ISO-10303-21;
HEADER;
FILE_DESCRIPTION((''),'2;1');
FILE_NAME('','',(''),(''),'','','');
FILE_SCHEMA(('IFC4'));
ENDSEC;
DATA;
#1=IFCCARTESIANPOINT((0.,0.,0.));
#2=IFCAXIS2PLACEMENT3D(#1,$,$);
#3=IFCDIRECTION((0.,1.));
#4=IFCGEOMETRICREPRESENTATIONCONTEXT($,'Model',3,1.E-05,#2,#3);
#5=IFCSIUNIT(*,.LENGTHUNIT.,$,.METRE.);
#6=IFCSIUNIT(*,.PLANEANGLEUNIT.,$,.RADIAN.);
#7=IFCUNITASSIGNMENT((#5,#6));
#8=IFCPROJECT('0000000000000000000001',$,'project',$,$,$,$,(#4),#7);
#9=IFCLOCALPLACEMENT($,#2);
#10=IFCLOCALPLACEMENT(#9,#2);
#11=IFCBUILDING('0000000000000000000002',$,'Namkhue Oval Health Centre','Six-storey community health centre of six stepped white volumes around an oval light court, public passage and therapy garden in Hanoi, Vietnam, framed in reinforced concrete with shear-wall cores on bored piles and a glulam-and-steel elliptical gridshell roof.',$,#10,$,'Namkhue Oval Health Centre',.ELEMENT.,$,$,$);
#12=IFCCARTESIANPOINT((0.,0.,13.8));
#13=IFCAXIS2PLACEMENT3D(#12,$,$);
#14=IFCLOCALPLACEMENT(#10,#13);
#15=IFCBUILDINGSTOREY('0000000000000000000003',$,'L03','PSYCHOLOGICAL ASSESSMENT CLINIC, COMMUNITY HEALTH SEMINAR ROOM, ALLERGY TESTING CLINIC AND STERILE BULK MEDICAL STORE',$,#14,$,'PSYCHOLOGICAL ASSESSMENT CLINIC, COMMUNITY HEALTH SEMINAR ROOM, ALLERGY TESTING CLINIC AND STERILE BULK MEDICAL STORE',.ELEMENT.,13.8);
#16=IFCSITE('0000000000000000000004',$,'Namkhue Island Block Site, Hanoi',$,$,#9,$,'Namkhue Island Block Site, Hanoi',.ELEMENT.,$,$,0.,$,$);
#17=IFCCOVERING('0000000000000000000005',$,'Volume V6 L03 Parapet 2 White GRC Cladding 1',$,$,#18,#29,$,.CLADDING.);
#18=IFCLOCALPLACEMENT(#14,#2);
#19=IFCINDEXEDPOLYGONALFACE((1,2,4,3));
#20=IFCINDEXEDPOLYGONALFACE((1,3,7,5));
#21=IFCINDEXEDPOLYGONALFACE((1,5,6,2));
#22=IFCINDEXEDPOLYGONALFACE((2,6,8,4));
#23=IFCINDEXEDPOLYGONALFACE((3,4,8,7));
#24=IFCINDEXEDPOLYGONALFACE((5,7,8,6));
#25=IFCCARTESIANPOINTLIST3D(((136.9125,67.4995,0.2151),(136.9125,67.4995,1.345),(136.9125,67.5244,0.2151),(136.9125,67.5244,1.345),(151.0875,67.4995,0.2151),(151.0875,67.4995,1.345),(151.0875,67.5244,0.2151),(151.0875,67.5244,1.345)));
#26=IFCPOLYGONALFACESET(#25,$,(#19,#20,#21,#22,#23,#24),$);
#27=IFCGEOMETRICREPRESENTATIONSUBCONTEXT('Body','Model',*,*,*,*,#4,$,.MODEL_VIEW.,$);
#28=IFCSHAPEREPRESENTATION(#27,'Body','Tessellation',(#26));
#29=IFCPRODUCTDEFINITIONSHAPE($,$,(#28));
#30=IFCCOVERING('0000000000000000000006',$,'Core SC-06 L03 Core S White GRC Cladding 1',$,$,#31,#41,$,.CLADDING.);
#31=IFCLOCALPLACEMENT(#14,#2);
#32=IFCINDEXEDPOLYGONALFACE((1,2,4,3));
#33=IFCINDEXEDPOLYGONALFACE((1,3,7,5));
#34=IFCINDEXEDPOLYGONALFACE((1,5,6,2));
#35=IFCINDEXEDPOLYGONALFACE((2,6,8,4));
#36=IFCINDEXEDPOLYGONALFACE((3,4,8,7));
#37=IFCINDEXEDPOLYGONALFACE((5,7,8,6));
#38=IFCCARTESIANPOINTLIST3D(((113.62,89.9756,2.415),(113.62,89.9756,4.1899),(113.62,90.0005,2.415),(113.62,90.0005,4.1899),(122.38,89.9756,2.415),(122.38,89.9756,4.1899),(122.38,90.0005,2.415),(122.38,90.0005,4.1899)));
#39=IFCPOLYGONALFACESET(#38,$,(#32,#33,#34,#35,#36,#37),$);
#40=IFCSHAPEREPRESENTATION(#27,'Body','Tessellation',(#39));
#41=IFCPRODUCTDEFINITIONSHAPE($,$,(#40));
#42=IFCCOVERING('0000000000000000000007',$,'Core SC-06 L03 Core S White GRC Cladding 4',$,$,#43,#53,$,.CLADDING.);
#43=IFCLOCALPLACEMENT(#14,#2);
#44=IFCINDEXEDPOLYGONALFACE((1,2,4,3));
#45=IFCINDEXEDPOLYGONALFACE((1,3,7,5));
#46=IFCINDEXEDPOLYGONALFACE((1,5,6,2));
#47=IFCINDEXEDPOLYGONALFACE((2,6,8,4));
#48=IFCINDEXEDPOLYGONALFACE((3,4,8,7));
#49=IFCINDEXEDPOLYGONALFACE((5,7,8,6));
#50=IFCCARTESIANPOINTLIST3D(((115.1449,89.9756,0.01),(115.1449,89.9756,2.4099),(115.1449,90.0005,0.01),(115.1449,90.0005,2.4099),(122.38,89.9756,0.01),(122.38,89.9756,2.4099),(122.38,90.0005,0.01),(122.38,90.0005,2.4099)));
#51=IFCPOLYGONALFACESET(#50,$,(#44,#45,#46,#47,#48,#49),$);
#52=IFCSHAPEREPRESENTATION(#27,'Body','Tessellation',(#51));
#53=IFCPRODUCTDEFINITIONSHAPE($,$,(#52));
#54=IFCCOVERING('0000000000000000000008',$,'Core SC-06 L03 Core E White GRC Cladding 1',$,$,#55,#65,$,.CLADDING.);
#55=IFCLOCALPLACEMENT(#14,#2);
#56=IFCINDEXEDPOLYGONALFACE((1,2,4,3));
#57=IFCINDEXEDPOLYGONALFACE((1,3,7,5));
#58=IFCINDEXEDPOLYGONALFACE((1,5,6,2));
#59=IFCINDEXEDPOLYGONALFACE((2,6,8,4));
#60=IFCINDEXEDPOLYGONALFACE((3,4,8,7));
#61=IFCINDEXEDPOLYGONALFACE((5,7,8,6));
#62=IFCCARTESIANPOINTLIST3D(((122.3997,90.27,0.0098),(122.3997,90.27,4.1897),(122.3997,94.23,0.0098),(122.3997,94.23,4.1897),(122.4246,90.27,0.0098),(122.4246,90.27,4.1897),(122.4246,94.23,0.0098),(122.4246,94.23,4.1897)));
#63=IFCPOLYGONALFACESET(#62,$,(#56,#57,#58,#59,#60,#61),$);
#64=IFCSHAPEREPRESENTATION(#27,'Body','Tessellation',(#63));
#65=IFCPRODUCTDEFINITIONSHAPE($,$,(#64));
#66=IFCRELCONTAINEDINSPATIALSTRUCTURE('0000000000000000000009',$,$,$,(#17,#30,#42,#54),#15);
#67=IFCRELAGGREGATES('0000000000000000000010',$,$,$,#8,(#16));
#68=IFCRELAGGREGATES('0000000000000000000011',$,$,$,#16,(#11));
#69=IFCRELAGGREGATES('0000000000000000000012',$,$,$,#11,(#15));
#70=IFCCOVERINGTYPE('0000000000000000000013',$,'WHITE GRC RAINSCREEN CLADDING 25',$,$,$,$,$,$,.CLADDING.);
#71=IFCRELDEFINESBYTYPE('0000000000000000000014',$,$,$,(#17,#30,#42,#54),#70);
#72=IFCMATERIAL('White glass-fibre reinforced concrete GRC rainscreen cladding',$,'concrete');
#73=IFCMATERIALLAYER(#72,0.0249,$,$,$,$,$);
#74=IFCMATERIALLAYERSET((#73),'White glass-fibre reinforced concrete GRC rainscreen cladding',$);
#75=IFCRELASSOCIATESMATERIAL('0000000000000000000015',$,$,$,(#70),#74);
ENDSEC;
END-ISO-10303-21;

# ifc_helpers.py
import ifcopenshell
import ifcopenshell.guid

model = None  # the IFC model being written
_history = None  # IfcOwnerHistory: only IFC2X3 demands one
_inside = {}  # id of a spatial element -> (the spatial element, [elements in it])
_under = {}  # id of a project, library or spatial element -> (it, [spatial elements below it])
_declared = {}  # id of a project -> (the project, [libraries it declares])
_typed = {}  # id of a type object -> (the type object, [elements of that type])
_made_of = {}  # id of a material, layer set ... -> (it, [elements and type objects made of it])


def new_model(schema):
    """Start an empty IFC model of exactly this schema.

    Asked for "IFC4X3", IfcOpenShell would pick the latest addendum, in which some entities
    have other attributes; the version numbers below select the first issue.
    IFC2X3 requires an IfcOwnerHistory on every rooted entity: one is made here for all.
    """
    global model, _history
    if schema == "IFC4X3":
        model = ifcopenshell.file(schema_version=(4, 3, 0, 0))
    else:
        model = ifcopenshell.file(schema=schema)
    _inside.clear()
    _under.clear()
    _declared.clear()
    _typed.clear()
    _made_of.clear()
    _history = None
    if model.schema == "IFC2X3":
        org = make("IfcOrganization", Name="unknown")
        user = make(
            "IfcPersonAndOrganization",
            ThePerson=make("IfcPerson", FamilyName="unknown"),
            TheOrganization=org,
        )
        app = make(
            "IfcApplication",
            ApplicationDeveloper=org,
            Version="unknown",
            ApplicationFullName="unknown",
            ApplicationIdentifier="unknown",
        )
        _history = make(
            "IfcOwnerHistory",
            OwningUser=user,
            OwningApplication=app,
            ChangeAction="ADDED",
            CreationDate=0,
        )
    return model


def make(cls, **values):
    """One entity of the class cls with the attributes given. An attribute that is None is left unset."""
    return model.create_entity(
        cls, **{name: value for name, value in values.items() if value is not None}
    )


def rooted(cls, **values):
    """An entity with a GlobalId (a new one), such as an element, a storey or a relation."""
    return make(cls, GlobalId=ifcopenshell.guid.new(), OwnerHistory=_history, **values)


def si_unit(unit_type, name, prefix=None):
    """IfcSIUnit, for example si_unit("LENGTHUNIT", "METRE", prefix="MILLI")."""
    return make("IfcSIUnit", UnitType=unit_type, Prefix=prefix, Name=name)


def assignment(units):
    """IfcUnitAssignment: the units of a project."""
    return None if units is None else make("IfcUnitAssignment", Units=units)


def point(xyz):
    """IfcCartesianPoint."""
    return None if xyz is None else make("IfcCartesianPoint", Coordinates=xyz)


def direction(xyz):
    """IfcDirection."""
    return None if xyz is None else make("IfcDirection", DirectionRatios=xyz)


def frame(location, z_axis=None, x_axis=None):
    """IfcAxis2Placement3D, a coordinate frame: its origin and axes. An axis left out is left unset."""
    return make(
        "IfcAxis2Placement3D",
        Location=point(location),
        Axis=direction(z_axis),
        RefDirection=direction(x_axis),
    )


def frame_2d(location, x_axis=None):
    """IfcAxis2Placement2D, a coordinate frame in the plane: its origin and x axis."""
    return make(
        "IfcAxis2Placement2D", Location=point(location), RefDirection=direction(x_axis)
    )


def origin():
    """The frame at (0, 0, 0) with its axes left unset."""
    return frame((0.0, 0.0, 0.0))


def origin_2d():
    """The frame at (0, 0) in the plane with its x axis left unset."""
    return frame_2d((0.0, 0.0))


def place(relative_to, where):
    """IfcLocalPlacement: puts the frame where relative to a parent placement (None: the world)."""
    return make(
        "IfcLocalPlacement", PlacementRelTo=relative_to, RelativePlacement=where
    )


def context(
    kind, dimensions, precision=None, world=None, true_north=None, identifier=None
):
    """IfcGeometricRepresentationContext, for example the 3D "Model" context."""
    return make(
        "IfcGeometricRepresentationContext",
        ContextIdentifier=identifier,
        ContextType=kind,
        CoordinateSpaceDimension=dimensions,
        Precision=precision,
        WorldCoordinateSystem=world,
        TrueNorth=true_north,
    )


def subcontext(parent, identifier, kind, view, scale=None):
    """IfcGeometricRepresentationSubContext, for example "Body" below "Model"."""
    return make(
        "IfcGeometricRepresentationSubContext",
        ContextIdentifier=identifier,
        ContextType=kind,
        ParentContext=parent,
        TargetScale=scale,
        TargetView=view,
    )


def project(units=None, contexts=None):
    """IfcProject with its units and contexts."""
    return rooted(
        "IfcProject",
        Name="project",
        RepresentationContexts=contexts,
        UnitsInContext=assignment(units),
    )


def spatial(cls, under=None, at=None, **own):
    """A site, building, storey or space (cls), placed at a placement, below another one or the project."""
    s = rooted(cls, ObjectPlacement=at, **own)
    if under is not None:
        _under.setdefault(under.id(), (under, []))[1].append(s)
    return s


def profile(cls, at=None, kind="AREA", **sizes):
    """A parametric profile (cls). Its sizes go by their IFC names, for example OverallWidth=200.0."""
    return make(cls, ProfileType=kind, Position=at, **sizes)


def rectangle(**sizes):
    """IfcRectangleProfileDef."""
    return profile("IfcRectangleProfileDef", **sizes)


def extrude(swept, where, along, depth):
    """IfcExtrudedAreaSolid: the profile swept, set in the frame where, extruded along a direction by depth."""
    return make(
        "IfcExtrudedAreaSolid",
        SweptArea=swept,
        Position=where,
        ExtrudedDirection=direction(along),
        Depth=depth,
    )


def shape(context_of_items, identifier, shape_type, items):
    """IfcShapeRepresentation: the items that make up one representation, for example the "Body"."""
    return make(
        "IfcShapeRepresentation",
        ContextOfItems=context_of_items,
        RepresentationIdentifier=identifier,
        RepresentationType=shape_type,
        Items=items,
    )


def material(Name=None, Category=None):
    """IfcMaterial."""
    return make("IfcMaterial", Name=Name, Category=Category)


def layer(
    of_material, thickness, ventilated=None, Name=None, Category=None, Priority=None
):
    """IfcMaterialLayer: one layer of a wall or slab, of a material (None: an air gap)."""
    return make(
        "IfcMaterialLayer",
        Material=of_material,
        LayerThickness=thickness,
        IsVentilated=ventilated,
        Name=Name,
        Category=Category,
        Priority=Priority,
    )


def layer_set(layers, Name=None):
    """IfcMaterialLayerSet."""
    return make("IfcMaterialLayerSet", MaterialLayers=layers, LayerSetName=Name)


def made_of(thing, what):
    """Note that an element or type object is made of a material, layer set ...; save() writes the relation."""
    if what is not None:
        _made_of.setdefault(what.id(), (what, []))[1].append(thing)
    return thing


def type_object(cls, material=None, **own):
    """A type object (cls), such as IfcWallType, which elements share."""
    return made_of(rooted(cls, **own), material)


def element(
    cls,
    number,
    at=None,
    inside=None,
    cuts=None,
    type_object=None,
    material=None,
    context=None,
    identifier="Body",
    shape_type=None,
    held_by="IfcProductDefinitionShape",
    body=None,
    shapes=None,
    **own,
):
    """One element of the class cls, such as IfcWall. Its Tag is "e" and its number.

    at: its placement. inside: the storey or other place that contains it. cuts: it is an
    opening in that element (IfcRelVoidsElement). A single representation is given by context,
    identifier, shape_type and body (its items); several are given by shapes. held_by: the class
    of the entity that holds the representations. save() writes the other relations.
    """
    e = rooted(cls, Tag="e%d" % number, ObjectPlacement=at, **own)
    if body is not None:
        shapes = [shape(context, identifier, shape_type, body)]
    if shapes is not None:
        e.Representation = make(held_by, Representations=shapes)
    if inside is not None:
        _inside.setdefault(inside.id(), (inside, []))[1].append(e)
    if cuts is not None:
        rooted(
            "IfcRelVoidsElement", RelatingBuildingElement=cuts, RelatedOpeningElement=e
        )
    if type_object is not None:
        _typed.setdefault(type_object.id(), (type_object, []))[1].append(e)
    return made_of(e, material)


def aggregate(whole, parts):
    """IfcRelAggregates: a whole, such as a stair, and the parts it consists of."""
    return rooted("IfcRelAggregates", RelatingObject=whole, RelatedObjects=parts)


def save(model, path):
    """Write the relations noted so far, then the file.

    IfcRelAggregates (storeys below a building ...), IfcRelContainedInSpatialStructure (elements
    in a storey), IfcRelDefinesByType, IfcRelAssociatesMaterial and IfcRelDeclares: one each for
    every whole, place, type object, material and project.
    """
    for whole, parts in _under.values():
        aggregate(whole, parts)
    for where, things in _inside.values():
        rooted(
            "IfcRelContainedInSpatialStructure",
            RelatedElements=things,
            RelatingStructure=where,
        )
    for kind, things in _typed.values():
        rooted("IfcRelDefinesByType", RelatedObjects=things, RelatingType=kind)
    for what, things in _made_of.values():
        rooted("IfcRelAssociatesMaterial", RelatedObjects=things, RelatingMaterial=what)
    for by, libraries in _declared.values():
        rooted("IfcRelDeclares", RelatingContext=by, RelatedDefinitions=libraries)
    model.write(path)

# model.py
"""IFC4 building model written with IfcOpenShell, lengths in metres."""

from ifc_helpers import new_model, si_unit, direction, frame, origin, origin_2d, place, context, subcontext, project, spatial, rectangle, extrude, material, layer, layer_set, type_object, element, save


model = new_model("IFC4")

# Units and contexts
model_context = context("Model", 3, precision=1e-05, world=origin(), true_north=direction((0.0, 1.0)))
body_context = subcontext(model_context, "Body", "Model", "MODEL_VIEW")
ifc_project = project(units=[si_unit("LENGTHUNIT", "METRE"), si_unit("PLANEANGLEUNIT", "RADIAN")], contexts=[model_context])

# Site, building, storey
site_placement = place(None, origin())
site = spatial("IfcSite", under=ifc_project, at=site_placement, Name="Namkhue Island Block Site, Hanoi", LongName="Namkhue Island Block Site, Hanoi", CompositionType="ELEMENT", RefElevation=0.0)
building_placement = place(site_placement, origin())
building = spatial("IfcBuilding", under=site, at=building_placement, Name="Namkhue Oval Health Centre", Description="Six-storey community health centre of six stepped white volumes around an oval light court, public passage and therapy garden in Hanoi, Vietnam, framed in reinforced concrete with shear-wall cores on bored piles and a glulam-and-steel elliptical gridshell roof.", LongName="Namkhue Oval Health Centre", CompositionType="ELEMENT")
storey_placement = place(building_placement, frame((0.0, 0.0, 13.8)))
storey = spatial("IfcBuildingStorey", under=building, at=storey_placement, Name="L03", Description="PSYCHOLOGICAL ASSESSMENT CLINIC, COMMUNITY HEALTH SEMINAR ROOM, ALLERGY TESTING CLINIC AND STERILE BULK MEDICAL STORE", LongName="PSYCHOLOGICAL ASSESSMENT CLINIC, COMMUNITY HEALTH SEMINAR ROOM, ALLERGY TESTING CLINIC AND STERILE BULK MEDICAL STORE", CompositionType="ELEMENT", Elevation=13.8)

# Coverings
ifc_material_1 = material(Name="White glass-fibre reinforced concrete GRC rainscreen cladding", Category="concrete")
ifc_layer_1 = layer(ifc_material_1, 0.0249)
ifc_layer_set_1 = layer_set([ifc_layer_1], Name="White glass-fibre reinforced concrete GRC rainscreen cladding")
covering_type = type_object("IfcCoveringType", Name="WHITE GRC RAINSCREEN CLADDING 25", PredefinedType="CLADDING", material=ifc_layer_set_1)
covering_1_placement = place(storey_placement, frame((144.0, 67.512, 0.2151), z_axis=(0.0, 0.0, 1.0), x_axis=(1.0, 0.0, 0.0)))
element("IfcCovering", 1, at=covering_1_placement, inside=storey, type_object=covering_type, Name="Volume V6 L03 Parapet 2 White GRC Cladding 1", PredefinedType="CLADDING", context=body_context, shape_type="SweptSolid", body=[
    extrude(rectangle(XDim=14.175, YDim=0.0249, at=origin_2d()), origin(), (0.0, 0.0, 1.0), 1.1299),
])
covering_2_placement = place(storey_placement, frame((118.0, 89.988, 2.415), z_axis=(0.0, 0.0, 1.0), x_axis=(1.0, 0.0, 0.0)))
element("IfcCovering", 2, at=covering_2_placement, inside=storey, type_object=covering_type, Name="Core SC-06 L03 Core S White GRC Cladding 1", PredefinedType="CLADDING", context=body_context, shape_type="SweptSolid", body=[
    extrude(rectangle(XDim=8.76, YDim=0.0249, at=origin_2d()), origin(), (0.0, 0.0, 1.0), 1.7749),
])
covering_3_placement = place(storey_placement, frame((118.7625, 89.988, 0.01), z_axis=(0.0, 0.0, 1.0), x_axis=(1.0, 0.0, 0.0)))
element("IfcCovering", 3, at=covering_3_placement, inside=storey, type_object=covering_type, Name="Core SC-06 L03 Core S White GRC Cladding 4", PredefinedType="CLADDING", context=body_context, shape_type="SweptSolid", body=[
    extrude(rectangle(XDim=7.2351, YDim=0.0249, at=origin_2d()), origin(), (0.0, 0.0, 1.0), 2.3999),
])
covering_4_placement = place(storey_placement, frame((122.4121, 92.25, 0.0098), z_axis=(0.0, 0.0, 1.0), x_axis=(0.0, 1.0, 0.0)))
element("IfcCovering", 4, at=covering_4_placement, inside=storey, type_object=covering_type, Name="Core SC-06 L03 Core E White GRC Cladding 1", PredefinedType="CLADDING", context=body_context, shape_type="SweptSolid", body=[
    extrude(rectangle(XDim=3.96, YDim=0.0249, at=origin_2d()), origin(), (0.0, 0.0, 1.0), 4.1799),
])

save(model, "model.ifc")
